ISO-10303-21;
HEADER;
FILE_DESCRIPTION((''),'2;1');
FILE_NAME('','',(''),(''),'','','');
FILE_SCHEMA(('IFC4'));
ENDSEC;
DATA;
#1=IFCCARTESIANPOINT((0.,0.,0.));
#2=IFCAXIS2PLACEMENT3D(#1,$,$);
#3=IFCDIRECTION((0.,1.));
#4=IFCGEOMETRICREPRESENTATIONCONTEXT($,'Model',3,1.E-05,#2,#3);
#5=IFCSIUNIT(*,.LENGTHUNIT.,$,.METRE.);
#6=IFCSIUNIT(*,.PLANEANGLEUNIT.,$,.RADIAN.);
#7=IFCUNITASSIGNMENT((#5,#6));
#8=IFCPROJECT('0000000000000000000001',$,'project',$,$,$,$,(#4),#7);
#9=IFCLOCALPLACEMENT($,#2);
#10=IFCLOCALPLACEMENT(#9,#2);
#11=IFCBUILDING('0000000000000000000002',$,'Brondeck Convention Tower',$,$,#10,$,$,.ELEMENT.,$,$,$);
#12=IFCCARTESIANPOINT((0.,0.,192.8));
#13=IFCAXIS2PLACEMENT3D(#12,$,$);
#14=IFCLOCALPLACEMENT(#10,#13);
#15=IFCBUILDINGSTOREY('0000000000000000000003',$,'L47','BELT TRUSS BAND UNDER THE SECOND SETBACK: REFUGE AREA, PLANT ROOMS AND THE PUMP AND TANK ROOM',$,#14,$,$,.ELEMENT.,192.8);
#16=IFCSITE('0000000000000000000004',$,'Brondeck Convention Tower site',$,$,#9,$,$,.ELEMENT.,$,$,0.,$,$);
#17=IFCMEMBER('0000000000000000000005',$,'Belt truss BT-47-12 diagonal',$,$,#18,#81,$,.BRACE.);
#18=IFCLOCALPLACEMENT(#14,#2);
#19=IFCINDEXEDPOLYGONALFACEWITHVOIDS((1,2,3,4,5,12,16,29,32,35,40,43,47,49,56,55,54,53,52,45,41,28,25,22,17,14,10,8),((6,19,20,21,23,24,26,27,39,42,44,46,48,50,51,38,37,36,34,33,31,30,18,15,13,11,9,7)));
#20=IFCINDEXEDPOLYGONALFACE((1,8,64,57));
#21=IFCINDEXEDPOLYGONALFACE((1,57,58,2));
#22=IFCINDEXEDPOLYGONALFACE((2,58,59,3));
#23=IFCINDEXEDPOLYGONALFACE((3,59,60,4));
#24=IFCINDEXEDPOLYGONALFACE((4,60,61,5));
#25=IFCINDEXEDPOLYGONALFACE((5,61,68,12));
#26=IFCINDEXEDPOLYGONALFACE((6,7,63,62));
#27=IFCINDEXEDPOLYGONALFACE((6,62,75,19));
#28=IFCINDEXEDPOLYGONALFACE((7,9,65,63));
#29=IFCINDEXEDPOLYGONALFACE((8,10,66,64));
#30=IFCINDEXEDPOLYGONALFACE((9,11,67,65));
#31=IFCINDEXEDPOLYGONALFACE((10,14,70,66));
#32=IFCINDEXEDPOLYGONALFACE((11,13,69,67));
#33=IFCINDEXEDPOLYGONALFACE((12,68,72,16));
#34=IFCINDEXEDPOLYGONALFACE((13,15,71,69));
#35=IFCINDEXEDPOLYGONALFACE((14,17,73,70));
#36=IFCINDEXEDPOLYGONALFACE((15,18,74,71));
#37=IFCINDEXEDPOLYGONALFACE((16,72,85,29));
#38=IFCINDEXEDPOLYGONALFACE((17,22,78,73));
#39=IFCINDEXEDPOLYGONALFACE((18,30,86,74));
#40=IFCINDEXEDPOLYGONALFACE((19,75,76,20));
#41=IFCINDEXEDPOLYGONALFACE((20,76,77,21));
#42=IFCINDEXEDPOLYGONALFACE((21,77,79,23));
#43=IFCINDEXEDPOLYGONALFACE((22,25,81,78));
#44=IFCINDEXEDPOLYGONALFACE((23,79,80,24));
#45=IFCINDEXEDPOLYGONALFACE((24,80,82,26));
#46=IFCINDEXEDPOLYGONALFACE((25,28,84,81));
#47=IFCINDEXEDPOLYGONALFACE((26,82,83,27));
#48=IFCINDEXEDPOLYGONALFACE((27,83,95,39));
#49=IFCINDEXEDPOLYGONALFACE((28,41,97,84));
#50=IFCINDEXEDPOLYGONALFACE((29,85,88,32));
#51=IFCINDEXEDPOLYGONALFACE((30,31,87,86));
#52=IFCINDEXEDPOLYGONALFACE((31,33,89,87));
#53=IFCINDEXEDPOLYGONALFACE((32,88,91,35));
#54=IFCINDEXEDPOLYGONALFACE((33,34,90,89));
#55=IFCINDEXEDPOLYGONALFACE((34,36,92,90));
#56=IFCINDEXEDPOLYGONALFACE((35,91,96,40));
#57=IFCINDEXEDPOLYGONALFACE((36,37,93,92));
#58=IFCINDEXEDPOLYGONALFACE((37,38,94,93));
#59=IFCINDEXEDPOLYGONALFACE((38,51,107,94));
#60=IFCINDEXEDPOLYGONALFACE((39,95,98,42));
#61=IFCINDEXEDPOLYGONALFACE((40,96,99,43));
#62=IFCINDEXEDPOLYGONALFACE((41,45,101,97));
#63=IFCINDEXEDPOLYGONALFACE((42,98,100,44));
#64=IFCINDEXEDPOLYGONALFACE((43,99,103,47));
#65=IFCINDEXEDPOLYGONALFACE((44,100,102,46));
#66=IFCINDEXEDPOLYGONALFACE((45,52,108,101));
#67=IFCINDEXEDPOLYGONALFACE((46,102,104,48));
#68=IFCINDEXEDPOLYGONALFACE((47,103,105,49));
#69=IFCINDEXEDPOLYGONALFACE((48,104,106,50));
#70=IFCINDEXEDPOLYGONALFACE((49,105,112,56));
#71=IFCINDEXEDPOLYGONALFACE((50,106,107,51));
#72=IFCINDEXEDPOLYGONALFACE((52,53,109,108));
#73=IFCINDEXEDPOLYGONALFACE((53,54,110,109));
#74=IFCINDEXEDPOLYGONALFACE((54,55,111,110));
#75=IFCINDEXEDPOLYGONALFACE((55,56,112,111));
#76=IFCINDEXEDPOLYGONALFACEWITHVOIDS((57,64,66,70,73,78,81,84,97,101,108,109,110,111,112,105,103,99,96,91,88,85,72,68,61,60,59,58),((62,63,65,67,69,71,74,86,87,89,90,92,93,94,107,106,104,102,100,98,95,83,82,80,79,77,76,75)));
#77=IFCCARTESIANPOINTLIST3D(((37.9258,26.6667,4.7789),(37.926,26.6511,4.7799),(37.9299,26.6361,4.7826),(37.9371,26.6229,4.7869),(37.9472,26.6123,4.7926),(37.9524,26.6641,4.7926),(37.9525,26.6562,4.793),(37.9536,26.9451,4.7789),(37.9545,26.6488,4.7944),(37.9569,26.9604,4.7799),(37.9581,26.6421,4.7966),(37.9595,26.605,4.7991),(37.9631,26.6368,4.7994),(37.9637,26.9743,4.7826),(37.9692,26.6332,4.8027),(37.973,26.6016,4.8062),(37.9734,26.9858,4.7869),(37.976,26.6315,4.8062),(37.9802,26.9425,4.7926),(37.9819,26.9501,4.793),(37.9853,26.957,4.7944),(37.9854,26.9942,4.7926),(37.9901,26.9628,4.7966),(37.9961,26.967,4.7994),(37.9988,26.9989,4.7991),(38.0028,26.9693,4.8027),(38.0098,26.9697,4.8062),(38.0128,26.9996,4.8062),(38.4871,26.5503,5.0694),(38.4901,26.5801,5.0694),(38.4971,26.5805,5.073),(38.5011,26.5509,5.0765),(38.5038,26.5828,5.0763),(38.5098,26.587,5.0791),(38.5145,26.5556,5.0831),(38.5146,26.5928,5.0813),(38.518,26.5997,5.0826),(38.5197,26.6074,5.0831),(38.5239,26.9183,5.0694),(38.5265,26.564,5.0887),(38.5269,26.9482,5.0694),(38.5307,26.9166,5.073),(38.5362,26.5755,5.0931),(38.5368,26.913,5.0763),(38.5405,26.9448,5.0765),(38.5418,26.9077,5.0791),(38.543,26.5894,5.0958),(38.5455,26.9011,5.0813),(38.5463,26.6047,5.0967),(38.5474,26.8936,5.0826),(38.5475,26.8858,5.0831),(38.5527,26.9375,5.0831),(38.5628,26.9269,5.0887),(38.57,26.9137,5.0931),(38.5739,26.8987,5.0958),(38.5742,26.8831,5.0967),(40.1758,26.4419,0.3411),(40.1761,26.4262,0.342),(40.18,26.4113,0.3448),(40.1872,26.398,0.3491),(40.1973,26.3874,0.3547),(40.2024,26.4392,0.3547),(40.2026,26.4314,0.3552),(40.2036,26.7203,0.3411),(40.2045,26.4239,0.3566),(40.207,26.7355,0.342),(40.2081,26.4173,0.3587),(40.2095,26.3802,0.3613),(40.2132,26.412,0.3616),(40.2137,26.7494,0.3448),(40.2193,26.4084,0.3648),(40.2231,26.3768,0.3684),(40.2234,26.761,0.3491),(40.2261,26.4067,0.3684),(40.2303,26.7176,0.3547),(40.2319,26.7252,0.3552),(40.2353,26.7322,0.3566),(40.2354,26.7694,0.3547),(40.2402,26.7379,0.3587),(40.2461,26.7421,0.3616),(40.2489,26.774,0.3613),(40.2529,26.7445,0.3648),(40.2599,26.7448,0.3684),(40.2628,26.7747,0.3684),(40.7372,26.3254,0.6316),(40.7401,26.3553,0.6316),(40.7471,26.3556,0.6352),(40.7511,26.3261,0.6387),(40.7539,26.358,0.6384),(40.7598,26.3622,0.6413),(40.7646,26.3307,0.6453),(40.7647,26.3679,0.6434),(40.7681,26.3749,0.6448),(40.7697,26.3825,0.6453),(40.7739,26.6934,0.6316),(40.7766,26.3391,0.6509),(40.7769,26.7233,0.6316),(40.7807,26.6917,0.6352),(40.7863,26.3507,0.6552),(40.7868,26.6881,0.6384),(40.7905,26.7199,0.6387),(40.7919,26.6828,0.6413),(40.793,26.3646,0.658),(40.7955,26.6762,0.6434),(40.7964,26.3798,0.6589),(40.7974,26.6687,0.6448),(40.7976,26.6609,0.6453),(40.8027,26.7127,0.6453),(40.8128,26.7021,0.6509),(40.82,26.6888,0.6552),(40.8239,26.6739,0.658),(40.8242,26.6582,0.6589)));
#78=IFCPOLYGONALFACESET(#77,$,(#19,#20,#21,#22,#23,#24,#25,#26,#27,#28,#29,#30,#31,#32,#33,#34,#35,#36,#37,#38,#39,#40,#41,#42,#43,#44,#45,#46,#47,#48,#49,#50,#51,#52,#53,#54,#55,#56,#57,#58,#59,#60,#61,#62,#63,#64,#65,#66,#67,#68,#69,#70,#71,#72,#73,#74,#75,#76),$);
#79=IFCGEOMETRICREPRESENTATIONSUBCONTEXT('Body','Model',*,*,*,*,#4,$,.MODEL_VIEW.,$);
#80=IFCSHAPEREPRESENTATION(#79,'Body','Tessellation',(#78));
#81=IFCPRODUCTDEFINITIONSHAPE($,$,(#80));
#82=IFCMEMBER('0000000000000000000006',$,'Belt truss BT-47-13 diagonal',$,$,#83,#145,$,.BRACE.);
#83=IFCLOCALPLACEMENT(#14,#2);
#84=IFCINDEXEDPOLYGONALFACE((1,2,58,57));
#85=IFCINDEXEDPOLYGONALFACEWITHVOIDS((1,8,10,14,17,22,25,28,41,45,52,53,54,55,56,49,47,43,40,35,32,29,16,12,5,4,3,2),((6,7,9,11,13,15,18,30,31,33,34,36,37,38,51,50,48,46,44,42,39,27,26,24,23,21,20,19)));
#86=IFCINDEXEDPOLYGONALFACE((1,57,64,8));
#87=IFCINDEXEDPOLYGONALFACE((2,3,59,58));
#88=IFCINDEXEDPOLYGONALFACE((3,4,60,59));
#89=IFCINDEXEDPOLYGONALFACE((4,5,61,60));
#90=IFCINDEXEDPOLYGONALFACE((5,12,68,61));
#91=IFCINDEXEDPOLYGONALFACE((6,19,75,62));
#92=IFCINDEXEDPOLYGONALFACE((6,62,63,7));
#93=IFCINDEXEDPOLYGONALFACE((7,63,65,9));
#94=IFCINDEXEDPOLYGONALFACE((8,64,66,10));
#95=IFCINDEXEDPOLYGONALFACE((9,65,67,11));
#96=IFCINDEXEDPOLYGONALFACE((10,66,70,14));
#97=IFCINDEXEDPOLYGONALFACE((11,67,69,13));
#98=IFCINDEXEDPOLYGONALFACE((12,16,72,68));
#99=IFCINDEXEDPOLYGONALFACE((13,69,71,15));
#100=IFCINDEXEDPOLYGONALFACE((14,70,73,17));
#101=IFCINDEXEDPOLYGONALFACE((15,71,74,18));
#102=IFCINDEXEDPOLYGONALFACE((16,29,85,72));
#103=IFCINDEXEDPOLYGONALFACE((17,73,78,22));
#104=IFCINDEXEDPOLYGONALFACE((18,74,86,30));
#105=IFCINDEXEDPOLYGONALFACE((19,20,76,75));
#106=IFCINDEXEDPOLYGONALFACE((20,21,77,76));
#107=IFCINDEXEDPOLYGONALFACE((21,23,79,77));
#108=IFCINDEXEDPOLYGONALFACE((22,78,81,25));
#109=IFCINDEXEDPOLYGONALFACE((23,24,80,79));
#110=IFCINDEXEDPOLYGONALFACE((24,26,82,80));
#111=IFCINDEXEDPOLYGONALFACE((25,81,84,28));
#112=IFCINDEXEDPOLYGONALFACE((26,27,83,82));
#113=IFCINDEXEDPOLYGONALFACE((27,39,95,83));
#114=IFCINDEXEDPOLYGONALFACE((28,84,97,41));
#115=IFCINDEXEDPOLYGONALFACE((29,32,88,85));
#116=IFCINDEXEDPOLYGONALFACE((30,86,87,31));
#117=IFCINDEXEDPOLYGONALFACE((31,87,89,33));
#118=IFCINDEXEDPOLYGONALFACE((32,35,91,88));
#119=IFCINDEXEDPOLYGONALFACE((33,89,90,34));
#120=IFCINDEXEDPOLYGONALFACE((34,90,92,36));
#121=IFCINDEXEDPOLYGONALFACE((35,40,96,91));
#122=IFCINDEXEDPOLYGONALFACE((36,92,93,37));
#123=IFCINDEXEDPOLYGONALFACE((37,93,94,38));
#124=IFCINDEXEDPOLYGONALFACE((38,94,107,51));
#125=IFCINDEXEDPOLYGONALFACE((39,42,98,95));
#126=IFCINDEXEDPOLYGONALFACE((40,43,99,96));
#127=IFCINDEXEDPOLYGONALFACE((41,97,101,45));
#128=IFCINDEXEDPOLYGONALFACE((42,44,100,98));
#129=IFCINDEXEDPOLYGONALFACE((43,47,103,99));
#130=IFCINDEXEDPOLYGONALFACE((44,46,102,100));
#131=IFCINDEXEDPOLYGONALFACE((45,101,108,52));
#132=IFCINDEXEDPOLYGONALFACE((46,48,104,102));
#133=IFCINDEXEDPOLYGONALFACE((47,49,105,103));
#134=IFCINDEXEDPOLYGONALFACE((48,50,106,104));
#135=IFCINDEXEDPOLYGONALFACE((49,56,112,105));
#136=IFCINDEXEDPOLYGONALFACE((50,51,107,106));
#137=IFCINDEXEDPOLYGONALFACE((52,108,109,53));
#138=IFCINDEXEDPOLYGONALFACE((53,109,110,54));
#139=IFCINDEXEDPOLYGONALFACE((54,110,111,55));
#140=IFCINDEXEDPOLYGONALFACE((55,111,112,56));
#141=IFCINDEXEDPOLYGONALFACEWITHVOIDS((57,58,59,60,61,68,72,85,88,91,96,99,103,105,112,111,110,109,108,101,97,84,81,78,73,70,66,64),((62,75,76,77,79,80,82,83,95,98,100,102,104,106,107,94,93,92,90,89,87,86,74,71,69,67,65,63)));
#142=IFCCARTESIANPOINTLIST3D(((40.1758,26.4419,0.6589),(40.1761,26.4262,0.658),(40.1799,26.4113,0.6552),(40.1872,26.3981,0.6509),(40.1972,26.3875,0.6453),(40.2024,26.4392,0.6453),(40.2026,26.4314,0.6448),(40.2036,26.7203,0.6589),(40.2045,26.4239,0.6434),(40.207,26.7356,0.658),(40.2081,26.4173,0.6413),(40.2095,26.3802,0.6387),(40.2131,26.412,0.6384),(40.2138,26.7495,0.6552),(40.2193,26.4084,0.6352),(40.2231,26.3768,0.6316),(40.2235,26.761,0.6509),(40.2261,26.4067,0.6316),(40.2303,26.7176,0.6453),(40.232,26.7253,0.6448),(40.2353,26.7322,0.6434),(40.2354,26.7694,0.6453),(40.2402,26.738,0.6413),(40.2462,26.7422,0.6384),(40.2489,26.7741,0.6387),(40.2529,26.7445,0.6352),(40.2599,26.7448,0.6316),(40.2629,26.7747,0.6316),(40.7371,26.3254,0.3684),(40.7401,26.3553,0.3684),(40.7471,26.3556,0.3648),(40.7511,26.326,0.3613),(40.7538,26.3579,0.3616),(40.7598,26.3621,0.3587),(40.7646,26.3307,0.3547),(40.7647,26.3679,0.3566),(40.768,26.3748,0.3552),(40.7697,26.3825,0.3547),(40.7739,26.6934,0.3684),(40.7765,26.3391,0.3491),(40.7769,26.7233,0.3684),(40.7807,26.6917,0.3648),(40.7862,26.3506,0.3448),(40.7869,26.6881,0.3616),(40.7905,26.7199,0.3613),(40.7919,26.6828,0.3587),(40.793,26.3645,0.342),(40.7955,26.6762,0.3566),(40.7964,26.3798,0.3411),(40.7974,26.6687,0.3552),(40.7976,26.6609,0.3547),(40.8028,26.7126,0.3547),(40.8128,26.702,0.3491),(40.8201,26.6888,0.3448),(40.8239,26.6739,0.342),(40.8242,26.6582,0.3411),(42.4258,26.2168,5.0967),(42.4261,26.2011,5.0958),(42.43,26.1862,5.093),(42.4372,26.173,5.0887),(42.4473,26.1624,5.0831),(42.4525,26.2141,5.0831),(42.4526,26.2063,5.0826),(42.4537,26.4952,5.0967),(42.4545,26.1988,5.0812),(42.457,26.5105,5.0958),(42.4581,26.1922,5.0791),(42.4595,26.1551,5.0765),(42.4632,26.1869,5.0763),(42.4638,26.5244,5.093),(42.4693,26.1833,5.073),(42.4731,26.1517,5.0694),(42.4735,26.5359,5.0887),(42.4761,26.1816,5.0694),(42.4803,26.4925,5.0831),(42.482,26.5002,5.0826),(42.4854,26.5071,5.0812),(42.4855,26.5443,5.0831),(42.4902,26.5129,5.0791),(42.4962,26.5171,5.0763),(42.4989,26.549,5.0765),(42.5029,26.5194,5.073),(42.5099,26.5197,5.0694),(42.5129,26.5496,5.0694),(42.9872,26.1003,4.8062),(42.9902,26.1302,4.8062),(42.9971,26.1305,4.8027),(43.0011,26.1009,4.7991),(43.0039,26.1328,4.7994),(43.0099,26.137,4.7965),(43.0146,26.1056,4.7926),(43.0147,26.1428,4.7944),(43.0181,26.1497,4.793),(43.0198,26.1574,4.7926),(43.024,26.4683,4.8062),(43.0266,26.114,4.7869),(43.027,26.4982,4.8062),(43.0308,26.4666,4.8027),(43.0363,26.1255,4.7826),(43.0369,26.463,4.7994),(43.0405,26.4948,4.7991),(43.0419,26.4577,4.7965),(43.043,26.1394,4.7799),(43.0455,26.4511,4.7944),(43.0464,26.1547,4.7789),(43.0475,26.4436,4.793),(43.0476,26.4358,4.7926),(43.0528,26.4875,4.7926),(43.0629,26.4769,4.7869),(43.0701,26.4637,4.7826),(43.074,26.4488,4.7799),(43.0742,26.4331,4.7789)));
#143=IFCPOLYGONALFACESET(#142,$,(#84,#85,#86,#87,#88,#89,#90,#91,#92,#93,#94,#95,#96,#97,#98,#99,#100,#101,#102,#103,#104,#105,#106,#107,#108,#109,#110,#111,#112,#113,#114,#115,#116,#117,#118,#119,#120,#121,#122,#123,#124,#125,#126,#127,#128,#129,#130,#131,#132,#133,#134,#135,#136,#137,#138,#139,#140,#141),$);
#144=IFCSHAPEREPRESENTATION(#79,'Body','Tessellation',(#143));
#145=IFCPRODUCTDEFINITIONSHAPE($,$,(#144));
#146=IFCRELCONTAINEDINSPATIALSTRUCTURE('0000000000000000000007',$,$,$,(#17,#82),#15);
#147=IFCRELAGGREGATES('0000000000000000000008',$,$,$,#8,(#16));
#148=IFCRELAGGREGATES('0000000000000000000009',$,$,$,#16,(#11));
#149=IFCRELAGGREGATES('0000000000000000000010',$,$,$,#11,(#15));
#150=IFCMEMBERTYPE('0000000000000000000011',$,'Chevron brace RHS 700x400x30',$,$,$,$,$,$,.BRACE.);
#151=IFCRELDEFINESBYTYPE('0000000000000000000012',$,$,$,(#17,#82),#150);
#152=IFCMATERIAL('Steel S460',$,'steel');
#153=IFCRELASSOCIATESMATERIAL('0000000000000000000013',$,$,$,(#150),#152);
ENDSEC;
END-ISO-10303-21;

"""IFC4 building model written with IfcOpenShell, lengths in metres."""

from ifc_helpers import new_model, si_unit, direction, frame, origin, origin_2d, place, context, subcontext, project, spatial, hollow_rectangle, extrude, material, material_profile, profile_set, type_object, element, save


model = new_model("IFC4")

# Units and contexts
model_context = context("Model", 3, precision=1e-05, world=origin(), true_north=direction((0.0, 1.0)))
body_context = subcontext(model_context, "Body", "Model", "MODEL_VIEW")
ifc_project = project(units=[si_unit("LENGTHUNIT", "METRE"), si_unit("PLANEANGLEUNIT", "RADIAN")], contexts=[model_context])

# Site, building, storey
site_placement = place(None, origin())
site = spatial("IfcSite", under=ifc_project, at=site_placement, Name="Brondeck Convention Tower site", CompositionType="ELEMENT", RefElevation=0.0)
building_placement = place(site_placement, origin())
building = spatial("IfcBuilding", under=site, at=building_placement, Name="Brondeck Convention Tower", CompositionType="ELEMENT")
storey_placement = place(building_placement, frame((0.0, 0.0, 192.8)))
storey = spatial("IfcBuildingStorey", under=building, at=storey_placement, Name="L47", Description="BELT TRUSS BAND UNDER THE SECOND SETBACK: REFUGE AREA, PLANT ROOMS AND THE PUMP AND TANK ROOM", CompositionType="ELEMENT", Elevation=192.8)

# Members
ifc_material_1 = material(Name="Steel S460", Category="steel")
ifc_material_profile_1 = material_profile(ifc_material_1, hollow_rectangle(XDim=0.3999, YDim=0.7, WallThickness=0.03, InnerFilletRadius=0.03, OuterFilletRadius=0.0601, at=origin_2d()), Name="RHS 700x400x30")
ifc_profile_set_1 = profile_set([ifc_material_profile_1], Name="Steel S460")
member_type_1 = type_object("IfcMemberType", Name="Chevron brace RHS 700x400x30", PredefinedType="BRACE", material=ifc_profile_set_1)
for number, where, z_axis, x_axis, name in (
    (1, (40.5, 26.55, 0.5), (-0.45175, 0.045146, 0.891001), (-0.09944, -0.995044, 0.0), "Belt truss BT-47-12 diagonal"),
    (2, (40.5, 26.55, 0.5), (0.451749, -0.045195, 0.890999), (0.099546, 0.995033, 0.0), "Belt truss BT-47-13 diagonal"),
):
    element("IfcMember", number, at=place(storey_placement, frame(where, z_axis=z_axis, x_axis=x_axis)), inside=storey, type_object=member_type_1, Name=name, PredefinedType="BRACE", context=body_context, shape_type="SweptSolid", body=[
        extrude(hollow_rectangle(XDim=0.3999, YDim=0.7, WallThickness=0.03, InnerFilletRadius=0.03, OuterFilletRadius=0.0601, at=origin_2d()), origin(), (0.0, 0.0, 1.0), 4.9807),
    ])

save(model, "model.ifc")
